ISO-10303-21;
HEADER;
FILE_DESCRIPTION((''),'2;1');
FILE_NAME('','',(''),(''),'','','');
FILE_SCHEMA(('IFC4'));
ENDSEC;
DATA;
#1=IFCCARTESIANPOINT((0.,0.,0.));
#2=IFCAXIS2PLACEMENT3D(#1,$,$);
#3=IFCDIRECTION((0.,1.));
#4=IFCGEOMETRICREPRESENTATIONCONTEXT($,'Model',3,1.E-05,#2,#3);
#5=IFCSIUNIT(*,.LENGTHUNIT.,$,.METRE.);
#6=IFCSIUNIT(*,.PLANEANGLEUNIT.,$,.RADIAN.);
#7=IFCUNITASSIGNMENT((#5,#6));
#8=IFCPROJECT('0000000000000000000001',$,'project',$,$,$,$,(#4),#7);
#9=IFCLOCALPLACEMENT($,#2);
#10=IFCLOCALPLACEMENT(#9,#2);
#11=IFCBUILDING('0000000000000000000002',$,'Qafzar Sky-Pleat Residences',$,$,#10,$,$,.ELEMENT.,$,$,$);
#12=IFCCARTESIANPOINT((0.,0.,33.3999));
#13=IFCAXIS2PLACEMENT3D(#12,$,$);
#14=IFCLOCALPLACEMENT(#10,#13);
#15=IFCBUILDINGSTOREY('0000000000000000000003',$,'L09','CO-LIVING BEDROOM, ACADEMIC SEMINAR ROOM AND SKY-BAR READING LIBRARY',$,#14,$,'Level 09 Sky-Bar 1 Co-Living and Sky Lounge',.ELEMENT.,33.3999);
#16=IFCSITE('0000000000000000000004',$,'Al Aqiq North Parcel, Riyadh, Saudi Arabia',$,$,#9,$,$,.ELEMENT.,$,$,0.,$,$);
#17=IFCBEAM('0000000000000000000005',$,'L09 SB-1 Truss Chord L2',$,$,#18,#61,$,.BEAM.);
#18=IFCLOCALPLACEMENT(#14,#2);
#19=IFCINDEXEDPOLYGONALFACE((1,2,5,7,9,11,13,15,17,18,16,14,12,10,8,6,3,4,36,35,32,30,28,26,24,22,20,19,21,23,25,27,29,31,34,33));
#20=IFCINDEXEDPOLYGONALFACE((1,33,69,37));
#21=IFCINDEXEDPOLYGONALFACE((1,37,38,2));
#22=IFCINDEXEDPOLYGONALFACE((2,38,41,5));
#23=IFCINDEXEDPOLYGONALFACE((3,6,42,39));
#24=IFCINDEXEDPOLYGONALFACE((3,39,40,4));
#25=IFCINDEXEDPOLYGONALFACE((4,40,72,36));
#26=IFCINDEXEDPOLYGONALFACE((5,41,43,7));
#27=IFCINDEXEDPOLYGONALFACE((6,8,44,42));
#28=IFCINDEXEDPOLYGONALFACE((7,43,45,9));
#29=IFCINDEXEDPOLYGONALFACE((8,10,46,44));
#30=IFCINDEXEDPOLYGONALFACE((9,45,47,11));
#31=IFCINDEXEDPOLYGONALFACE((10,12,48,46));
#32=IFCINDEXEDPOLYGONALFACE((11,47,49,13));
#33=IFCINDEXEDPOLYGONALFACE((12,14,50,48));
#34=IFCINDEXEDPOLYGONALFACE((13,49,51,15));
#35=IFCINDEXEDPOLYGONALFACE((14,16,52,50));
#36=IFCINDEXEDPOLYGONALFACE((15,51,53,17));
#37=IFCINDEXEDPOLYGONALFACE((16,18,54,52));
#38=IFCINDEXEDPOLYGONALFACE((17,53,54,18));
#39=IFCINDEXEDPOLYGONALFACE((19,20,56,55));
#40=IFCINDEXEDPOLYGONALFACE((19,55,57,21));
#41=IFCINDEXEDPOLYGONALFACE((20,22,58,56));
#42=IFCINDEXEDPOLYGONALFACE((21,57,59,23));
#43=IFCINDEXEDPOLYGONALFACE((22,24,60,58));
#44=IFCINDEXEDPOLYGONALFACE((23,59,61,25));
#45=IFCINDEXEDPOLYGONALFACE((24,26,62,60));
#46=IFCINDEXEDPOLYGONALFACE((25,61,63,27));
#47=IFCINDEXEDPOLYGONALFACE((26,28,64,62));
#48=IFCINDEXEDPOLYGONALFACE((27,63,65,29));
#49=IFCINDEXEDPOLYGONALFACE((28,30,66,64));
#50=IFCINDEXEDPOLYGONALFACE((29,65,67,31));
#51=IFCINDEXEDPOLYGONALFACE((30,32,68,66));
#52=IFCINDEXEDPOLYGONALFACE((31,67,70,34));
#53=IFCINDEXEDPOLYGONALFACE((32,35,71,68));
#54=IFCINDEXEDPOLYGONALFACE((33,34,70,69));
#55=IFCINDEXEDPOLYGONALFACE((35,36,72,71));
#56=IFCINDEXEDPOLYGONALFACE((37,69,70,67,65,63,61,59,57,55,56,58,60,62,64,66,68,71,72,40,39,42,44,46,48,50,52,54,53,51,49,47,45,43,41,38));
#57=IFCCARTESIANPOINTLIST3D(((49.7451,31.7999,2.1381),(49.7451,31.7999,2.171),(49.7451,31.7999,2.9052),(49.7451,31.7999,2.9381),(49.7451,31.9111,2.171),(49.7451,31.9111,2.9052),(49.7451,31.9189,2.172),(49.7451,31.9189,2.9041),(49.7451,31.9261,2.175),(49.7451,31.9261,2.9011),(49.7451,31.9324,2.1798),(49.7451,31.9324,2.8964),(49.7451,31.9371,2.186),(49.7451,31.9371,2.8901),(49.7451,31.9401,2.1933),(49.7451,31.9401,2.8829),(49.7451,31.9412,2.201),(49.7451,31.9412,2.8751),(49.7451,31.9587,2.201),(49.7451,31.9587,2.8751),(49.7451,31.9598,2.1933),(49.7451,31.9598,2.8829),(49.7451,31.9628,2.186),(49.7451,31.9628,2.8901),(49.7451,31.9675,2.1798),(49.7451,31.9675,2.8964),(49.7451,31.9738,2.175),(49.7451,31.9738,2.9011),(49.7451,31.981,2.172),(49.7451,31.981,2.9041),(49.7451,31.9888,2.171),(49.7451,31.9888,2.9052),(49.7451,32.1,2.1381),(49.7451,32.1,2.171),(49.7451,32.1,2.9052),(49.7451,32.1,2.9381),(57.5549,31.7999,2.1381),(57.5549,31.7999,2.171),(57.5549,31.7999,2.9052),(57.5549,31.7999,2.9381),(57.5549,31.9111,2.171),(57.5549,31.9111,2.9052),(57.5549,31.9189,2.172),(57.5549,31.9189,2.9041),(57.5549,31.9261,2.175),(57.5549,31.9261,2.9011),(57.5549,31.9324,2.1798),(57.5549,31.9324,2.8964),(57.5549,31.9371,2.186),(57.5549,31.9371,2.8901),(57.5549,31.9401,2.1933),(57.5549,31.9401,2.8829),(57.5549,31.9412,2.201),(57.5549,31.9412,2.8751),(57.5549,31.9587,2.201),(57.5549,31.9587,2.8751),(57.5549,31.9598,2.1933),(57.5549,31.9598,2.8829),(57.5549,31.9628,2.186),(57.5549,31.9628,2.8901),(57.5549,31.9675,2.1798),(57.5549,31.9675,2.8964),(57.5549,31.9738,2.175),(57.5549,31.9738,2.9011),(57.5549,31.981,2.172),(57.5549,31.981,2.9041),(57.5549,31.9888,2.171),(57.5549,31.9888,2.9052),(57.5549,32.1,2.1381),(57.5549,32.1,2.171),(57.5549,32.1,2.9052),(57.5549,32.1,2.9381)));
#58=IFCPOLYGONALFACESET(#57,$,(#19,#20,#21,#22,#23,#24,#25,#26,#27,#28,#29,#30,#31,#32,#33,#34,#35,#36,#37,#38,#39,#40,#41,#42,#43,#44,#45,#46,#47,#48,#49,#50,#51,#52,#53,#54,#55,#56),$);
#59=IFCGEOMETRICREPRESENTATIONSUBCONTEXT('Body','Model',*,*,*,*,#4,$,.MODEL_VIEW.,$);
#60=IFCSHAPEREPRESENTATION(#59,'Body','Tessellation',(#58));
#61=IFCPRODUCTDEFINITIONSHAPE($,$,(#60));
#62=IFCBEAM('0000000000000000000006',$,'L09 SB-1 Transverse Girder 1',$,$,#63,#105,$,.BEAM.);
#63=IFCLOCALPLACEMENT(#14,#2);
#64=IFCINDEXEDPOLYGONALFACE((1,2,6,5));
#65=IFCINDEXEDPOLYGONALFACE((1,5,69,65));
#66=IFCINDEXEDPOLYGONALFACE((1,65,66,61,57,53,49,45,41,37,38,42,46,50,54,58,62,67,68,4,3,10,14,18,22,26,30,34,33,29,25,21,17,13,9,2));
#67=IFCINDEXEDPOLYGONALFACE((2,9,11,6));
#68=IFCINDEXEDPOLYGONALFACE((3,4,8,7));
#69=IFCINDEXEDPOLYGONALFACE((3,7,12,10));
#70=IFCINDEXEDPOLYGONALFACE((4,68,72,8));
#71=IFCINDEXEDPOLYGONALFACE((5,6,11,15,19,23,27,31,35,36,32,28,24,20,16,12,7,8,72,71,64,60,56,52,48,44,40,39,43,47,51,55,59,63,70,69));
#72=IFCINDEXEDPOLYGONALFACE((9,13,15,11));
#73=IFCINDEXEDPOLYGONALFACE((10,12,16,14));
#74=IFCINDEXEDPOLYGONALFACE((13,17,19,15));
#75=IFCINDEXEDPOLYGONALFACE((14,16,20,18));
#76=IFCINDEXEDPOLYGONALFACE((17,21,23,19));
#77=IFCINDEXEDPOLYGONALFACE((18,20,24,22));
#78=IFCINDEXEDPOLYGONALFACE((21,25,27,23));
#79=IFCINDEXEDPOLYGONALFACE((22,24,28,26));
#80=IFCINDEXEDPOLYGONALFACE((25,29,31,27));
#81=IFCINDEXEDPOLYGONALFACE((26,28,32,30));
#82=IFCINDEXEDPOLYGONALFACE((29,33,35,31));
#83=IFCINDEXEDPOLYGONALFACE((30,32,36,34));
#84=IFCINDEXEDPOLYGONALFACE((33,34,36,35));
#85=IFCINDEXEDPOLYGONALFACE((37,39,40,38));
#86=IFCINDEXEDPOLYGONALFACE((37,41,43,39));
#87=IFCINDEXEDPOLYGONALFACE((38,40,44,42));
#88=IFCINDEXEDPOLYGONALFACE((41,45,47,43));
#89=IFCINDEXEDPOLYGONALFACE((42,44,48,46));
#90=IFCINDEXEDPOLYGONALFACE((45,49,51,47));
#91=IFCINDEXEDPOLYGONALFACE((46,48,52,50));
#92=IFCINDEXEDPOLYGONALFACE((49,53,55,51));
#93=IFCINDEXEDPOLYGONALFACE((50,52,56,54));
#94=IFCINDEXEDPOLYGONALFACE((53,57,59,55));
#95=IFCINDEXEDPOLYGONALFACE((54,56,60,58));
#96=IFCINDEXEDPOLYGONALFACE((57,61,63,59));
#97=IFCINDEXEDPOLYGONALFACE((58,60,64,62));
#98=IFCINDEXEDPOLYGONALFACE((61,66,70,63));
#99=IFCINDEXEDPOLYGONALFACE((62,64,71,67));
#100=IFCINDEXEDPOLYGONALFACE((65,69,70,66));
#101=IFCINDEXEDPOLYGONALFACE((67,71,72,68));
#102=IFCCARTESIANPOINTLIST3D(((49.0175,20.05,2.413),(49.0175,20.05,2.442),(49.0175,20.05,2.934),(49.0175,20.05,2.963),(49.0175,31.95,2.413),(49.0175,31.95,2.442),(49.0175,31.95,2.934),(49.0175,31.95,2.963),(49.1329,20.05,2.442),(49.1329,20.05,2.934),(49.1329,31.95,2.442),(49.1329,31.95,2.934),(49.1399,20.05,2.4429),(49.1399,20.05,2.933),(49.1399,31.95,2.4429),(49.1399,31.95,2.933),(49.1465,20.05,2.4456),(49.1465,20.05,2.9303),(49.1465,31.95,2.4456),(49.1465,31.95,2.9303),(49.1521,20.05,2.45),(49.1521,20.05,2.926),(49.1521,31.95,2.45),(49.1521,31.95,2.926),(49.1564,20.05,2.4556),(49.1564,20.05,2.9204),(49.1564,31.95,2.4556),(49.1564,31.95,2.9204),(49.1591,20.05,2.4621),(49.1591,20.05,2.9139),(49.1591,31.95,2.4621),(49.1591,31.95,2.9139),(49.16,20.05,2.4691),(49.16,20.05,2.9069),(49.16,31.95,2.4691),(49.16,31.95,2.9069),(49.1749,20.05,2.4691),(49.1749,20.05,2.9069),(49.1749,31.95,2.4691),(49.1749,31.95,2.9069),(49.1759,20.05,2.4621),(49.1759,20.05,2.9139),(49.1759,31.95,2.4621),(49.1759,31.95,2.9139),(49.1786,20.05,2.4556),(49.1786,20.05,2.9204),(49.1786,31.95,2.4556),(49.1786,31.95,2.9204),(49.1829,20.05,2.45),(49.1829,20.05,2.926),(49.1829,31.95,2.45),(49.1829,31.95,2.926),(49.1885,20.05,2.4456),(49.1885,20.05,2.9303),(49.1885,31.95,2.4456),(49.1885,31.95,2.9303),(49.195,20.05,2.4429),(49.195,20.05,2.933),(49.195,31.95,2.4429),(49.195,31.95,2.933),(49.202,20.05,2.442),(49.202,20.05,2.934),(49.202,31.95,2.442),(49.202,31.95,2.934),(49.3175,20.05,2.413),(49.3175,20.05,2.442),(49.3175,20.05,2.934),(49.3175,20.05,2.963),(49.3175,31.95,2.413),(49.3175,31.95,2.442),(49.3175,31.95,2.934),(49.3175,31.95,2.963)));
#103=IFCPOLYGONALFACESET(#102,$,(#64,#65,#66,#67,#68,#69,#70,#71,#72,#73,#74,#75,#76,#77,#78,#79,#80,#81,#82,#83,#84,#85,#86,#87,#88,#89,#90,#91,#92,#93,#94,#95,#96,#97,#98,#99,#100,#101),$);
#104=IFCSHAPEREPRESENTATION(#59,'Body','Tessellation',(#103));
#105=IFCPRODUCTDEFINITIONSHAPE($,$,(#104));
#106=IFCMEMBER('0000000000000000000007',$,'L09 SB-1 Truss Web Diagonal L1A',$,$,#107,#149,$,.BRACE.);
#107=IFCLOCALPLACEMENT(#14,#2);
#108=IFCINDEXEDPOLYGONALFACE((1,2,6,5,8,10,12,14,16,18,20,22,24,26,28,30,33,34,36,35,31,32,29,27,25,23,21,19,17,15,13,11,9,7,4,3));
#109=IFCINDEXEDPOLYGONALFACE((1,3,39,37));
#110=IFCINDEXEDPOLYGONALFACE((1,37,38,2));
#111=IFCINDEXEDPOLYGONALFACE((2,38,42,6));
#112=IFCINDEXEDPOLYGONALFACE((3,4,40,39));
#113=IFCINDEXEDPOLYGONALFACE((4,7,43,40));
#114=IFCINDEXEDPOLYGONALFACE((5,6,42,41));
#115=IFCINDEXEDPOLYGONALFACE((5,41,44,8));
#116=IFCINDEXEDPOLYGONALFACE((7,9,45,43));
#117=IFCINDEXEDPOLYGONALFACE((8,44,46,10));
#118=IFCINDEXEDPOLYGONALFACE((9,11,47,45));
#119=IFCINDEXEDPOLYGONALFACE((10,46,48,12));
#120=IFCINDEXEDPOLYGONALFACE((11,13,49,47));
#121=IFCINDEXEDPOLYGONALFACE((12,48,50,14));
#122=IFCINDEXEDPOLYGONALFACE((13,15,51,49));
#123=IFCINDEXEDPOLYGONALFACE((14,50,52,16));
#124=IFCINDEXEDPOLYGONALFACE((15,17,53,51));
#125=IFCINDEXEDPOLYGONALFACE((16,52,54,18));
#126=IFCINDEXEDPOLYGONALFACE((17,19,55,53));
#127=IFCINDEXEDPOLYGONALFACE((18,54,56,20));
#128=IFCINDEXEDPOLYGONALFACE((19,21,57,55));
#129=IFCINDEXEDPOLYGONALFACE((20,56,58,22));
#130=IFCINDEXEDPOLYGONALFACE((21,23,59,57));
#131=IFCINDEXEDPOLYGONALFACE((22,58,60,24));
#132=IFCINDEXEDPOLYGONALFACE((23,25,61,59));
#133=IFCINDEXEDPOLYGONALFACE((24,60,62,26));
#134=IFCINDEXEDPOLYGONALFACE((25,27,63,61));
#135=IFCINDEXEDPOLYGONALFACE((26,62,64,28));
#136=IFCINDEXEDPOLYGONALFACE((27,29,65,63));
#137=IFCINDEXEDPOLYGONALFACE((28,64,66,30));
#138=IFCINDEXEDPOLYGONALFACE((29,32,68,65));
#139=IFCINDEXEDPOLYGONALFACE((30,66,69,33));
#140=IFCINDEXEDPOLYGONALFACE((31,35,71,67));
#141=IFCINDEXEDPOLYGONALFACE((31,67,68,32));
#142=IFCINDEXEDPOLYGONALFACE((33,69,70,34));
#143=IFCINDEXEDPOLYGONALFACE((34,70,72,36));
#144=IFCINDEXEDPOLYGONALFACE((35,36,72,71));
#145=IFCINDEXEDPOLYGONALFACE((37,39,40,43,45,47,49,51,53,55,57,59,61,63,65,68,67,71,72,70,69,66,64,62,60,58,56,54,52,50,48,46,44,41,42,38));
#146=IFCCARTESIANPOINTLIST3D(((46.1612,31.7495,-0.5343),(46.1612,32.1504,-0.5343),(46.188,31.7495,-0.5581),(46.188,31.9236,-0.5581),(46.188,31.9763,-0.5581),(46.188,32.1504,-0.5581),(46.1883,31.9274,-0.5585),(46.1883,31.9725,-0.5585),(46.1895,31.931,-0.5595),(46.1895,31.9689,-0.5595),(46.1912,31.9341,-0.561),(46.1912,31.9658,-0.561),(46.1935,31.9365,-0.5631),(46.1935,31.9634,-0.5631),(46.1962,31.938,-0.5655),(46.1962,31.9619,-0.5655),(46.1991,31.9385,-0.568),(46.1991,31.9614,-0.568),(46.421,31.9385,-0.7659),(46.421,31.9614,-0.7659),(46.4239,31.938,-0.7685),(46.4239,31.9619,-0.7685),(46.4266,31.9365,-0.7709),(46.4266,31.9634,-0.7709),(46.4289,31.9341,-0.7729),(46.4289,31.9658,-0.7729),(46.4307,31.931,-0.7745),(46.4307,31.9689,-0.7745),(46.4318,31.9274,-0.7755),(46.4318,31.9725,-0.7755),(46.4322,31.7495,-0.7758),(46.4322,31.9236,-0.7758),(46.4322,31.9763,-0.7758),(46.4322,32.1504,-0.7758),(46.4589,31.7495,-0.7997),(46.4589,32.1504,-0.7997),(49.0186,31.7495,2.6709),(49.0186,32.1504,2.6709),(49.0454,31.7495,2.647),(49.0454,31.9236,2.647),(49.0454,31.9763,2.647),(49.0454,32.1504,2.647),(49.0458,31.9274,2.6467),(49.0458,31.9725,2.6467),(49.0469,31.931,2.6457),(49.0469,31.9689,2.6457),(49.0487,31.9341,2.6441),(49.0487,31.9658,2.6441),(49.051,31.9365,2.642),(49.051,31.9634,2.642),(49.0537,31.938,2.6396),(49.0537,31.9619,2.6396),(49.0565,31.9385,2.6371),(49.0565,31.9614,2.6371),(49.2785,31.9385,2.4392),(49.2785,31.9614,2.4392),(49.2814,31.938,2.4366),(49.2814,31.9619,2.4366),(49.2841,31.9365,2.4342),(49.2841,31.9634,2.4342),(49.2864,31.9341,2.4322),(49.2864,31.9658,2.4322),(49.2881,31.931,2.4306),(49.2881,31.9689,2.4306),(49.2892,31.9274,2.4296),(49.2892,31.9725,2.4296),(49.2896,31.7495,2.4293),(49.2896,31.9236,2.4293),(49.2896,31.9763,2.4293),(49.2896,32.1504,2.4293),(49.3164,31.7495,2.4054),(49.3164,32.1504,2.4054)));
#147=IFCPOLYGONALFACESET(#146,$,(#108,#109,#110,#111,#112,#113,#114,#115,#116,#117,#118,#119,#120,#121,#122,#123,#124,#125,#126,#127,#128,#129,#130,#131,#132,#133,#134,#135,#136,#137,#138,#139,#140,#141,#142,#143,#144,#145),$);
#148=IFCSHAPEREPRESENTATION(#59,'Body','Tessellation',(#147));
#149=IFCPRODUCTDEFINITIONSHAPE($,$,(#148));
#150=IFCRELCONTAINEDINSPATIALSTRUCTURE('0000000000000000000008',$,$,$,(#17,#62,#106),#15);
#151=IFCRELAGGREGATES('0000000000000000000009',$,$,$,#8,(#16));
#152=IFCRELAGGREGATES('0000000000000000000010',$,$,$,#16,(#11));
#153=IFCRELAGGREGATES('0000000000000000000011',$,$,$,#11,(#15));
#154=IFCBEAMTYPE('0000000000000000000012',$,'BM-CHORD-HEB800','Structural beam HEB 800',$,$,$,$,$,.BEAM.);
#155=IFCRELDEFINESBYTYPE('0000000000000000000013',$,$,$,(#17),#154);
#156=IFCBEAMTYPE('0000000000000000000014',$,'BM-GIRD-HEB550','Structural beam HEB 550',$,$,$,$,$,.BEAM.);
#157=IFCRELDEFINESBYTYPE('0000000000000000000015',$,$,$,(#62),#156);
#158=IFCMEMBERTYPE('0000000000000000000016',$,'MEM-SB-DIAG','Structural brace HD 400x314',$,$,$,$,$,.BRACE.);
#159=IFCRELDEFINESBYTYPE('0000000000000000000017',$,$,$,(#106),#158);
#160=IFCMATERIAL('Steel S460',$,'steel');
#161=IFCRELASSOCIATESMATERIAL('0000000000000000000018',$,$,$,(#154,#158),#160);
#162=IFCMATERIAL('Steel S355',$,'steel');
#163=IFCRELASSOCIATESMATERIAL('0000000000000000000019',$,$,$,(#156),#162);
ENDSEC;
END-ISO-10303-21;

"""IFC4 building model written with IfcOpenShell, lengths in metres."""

from ifc_helpers import new_model, si_unit, direction, frame, origin, origin_2d, place, context, subcontext, project, spatial, i_section, extrude, source, transform, mapped, material, material_profile, profile_set, type_object, element, save


model = new_model("IFC4")

# Units and contexts
model_context = context("Model", 3, precision=1e-05, world=origin(), true_north=direction((0.0, 1.0)))
body_context = subcontext(model_context, "Body", "Model", "MODEL_VIEW")
ifc_project = project(units=[si_unit("LENGTHUNIT", "METRE"), si_unit("PLANEANGLEUNIT", "RADIAN")], contexts=[model_context])

# Site, building, storey
site_placement = place(None, origin())
site = spatial("IfcSite", under=ifc_project, at=site_placement, Name="Al Aqiq North Parcel, Riyadh, Saudi Arabia", CompositionType="ELEMENT", RefElevation=0.0)
building_placement = place(site_placement, origin())
building = spatial("IfcBuilding", under=site, at=building_placement, Name="Qafzar Sky-Pleat Residences", CompositionType="ELEMENT")
storey_placement = place(building_placement, frame((0.0, 0.0, 33.3999)))
storey = spatial("IfcBuildingStorey", under=building, at=storey_placement, Name="L09", Description="CO-LIVING BEDROOM, ACADEMIC SEMINAR ROOM AND SKY-BAR READING LIBRARY", LongName="Level 09 Sky-Bar 1 Co-Living and Sky Lounge", CompositionType="ELEMENT", Elevation=33.3999)

# Shared definitions
ifc_material_1 = material(Name="Steel S460", Category="steel")

# Beams
ifc_material_2 = material(Name="Steel S355", Category="steel")
ifc_material_profile_1 = material_profile(ifc_material_1, i_section(OverallWidth=0.3, OverallDepth=0.8, WebThickness=0.0176, FlangeThickness=0.033, FilletRadius=0.03, at=origin_2d()), Name="HEB 800")
ifc_profile_set_1 = profile_set([ifc_material_profile_1], Name="Steel S460")
beam_type_1 = type_object("IfcBeamType", Name="BM-CHORD-HEB800", Description="Structural beam HEB 800", PredefinedType="BEAM", material=ifc_profile_set_1)
shared_shape_1 = source(origin(), body_context, "Body", "SweptSolid", [
    extrude(i_section(OverallWidth=0.3, OverallDepth=0.8, WebThickness=0.0176, FlangeThickness=0.033, FilletRadius=0.03, at=origin_2d()), origin(), (0.0, 0.0, 1.0), 7.8098),
])
beam_1_placement = place(storey_placement, frame((49.7451, 31.95, 2.5381), z_axis=(1.0, 0.0, 0.0), x_axis=(0.0, 1.0, 0.0)))
element("IfcBeam", 1, at=beam_1_placement, inside=storey, type_object=beam_type_1, Name="L09 SB-1 Truss Chord L2", PredefinedType="BEAM", context=body_context, shape_type="MappedRepresentation", body=[
    mapped(shared_shape_1, transform((0.0, 0.0, 0.0), x_axis=(1.0, 0.0, 0.0), y_axis=(0.0, 1.0, 0.0), z_axis=(0.0, 0.0, 1.0), scale=1.0)),
])
ifc_material_profile_2 = material_profile(ifc_material_2, i_section(OverallWidth=0.3, OverallDepth=0.55, WebThickness=0.0149, FlangeThickness=0.0291, FilletRadius=0.0271, at=origin_2d()), Name="HEB 550")
ifc_profile_set_2 = profile_set([ifc_material_profile_2], Name="Steel S355")
beam_type_2 = type_object("IfcBeamType", Name="BM-GIRD-HEB550", Description="Structural beam HEB 550", PredefinedType="BEAM", material=ifc_profile_set_2)
shared_shape_2 = source(origin(), body_context, "Body", "SweptSolid", [
    extrude(i_section(OverallWidth=0.3, OverallDepth=0.55, WebThickness=0.0149, FlangeThickness=0.0291, FilletRadius=0.0271, at=origin_2d()), origin(), (0.0, 0.0, 1.0), 11.8999),
])
beam_2_placement = place(storey_placement, frame((49.1675, 31.95, 2.688), z_axis=(0.0, -1.0, 0.0), x_axis=(1.0, 0.0, 0.0)))
element("IfcBeam", 2, at=beam_2_placement, inside=storey, type_object=beam_type_2, Name="L09 SB-1 Transverse Girder 1", PredefinedType="BEAM", context=body_context, shape_type="MappedRepresentation", body=[
    mapped(shared_shape_2, transform((0.0, 0.0, 0.0), x_axis=(1.0, 0.0, 0.0), y_axis=(0.0, 1.0, 0.0), z_axis=(0.0, 0.0, 1.0), scale=1.0)),
])

# Member
ifc_material_profile_3 = material_profile(ifc_material_1, i_section(OverallWidth=0.4009, OverallDepth=0.3989, WebThickness=0.0229, FlangeThickness=0.0359, FilletRadius=0.0149, at=origin_2d()), Name="HD 400x314")
ifc_profile_set_3 = profile_set([ifc_material_profile_3], Name="Steel S460")
member_type = type_object("IfcMemberType", Name="MEM-SB-DIAG", Description="Structural brace HD 400x314", PredefinedType="BRACE", material=ifc_profile_set_3)
shared_shape_3 = source(origin(), body_context, "Body", "SweptSolid", [
    extrude(i_section(OverallWidth=0.4009, OverallDepth=0.3989, WebThickness=0.0229, FlangeThickness=0.0359, FilletRadius=0.0149, at=origin_2d()), origin(), (0.0, 0.0, 1.0), 4.2939),
])
for number, where, z_axis, x_axis, name in (
    (3, (46.3101, 31.95, -0.667), (0.665464, 0.0, 0.74643), (0.0, 1.0, 0.0), "L09 SB-1 Truss Web Diagonal L1A"),
):
    element("IfcMember", number, at=place(storey_placement, frame(where, z_axis=z_axis, x_axis=x_axis)), inside=storey, type_object=member_type, Name=name, PredefinedType="BRACE", context=body_context, shape_type="MappedRepresentation", body=[
        mapped(shared_shape_3, transform((0.0, 0.0, 0.0), x_axis=(1.0, 0.0, 0.0), y_axis=(0.0, 1.0, 0.0), z_axis=(0.0, 0.0, 1.0), scale=1.0)),
    ])

save(model, "model.ifc")
